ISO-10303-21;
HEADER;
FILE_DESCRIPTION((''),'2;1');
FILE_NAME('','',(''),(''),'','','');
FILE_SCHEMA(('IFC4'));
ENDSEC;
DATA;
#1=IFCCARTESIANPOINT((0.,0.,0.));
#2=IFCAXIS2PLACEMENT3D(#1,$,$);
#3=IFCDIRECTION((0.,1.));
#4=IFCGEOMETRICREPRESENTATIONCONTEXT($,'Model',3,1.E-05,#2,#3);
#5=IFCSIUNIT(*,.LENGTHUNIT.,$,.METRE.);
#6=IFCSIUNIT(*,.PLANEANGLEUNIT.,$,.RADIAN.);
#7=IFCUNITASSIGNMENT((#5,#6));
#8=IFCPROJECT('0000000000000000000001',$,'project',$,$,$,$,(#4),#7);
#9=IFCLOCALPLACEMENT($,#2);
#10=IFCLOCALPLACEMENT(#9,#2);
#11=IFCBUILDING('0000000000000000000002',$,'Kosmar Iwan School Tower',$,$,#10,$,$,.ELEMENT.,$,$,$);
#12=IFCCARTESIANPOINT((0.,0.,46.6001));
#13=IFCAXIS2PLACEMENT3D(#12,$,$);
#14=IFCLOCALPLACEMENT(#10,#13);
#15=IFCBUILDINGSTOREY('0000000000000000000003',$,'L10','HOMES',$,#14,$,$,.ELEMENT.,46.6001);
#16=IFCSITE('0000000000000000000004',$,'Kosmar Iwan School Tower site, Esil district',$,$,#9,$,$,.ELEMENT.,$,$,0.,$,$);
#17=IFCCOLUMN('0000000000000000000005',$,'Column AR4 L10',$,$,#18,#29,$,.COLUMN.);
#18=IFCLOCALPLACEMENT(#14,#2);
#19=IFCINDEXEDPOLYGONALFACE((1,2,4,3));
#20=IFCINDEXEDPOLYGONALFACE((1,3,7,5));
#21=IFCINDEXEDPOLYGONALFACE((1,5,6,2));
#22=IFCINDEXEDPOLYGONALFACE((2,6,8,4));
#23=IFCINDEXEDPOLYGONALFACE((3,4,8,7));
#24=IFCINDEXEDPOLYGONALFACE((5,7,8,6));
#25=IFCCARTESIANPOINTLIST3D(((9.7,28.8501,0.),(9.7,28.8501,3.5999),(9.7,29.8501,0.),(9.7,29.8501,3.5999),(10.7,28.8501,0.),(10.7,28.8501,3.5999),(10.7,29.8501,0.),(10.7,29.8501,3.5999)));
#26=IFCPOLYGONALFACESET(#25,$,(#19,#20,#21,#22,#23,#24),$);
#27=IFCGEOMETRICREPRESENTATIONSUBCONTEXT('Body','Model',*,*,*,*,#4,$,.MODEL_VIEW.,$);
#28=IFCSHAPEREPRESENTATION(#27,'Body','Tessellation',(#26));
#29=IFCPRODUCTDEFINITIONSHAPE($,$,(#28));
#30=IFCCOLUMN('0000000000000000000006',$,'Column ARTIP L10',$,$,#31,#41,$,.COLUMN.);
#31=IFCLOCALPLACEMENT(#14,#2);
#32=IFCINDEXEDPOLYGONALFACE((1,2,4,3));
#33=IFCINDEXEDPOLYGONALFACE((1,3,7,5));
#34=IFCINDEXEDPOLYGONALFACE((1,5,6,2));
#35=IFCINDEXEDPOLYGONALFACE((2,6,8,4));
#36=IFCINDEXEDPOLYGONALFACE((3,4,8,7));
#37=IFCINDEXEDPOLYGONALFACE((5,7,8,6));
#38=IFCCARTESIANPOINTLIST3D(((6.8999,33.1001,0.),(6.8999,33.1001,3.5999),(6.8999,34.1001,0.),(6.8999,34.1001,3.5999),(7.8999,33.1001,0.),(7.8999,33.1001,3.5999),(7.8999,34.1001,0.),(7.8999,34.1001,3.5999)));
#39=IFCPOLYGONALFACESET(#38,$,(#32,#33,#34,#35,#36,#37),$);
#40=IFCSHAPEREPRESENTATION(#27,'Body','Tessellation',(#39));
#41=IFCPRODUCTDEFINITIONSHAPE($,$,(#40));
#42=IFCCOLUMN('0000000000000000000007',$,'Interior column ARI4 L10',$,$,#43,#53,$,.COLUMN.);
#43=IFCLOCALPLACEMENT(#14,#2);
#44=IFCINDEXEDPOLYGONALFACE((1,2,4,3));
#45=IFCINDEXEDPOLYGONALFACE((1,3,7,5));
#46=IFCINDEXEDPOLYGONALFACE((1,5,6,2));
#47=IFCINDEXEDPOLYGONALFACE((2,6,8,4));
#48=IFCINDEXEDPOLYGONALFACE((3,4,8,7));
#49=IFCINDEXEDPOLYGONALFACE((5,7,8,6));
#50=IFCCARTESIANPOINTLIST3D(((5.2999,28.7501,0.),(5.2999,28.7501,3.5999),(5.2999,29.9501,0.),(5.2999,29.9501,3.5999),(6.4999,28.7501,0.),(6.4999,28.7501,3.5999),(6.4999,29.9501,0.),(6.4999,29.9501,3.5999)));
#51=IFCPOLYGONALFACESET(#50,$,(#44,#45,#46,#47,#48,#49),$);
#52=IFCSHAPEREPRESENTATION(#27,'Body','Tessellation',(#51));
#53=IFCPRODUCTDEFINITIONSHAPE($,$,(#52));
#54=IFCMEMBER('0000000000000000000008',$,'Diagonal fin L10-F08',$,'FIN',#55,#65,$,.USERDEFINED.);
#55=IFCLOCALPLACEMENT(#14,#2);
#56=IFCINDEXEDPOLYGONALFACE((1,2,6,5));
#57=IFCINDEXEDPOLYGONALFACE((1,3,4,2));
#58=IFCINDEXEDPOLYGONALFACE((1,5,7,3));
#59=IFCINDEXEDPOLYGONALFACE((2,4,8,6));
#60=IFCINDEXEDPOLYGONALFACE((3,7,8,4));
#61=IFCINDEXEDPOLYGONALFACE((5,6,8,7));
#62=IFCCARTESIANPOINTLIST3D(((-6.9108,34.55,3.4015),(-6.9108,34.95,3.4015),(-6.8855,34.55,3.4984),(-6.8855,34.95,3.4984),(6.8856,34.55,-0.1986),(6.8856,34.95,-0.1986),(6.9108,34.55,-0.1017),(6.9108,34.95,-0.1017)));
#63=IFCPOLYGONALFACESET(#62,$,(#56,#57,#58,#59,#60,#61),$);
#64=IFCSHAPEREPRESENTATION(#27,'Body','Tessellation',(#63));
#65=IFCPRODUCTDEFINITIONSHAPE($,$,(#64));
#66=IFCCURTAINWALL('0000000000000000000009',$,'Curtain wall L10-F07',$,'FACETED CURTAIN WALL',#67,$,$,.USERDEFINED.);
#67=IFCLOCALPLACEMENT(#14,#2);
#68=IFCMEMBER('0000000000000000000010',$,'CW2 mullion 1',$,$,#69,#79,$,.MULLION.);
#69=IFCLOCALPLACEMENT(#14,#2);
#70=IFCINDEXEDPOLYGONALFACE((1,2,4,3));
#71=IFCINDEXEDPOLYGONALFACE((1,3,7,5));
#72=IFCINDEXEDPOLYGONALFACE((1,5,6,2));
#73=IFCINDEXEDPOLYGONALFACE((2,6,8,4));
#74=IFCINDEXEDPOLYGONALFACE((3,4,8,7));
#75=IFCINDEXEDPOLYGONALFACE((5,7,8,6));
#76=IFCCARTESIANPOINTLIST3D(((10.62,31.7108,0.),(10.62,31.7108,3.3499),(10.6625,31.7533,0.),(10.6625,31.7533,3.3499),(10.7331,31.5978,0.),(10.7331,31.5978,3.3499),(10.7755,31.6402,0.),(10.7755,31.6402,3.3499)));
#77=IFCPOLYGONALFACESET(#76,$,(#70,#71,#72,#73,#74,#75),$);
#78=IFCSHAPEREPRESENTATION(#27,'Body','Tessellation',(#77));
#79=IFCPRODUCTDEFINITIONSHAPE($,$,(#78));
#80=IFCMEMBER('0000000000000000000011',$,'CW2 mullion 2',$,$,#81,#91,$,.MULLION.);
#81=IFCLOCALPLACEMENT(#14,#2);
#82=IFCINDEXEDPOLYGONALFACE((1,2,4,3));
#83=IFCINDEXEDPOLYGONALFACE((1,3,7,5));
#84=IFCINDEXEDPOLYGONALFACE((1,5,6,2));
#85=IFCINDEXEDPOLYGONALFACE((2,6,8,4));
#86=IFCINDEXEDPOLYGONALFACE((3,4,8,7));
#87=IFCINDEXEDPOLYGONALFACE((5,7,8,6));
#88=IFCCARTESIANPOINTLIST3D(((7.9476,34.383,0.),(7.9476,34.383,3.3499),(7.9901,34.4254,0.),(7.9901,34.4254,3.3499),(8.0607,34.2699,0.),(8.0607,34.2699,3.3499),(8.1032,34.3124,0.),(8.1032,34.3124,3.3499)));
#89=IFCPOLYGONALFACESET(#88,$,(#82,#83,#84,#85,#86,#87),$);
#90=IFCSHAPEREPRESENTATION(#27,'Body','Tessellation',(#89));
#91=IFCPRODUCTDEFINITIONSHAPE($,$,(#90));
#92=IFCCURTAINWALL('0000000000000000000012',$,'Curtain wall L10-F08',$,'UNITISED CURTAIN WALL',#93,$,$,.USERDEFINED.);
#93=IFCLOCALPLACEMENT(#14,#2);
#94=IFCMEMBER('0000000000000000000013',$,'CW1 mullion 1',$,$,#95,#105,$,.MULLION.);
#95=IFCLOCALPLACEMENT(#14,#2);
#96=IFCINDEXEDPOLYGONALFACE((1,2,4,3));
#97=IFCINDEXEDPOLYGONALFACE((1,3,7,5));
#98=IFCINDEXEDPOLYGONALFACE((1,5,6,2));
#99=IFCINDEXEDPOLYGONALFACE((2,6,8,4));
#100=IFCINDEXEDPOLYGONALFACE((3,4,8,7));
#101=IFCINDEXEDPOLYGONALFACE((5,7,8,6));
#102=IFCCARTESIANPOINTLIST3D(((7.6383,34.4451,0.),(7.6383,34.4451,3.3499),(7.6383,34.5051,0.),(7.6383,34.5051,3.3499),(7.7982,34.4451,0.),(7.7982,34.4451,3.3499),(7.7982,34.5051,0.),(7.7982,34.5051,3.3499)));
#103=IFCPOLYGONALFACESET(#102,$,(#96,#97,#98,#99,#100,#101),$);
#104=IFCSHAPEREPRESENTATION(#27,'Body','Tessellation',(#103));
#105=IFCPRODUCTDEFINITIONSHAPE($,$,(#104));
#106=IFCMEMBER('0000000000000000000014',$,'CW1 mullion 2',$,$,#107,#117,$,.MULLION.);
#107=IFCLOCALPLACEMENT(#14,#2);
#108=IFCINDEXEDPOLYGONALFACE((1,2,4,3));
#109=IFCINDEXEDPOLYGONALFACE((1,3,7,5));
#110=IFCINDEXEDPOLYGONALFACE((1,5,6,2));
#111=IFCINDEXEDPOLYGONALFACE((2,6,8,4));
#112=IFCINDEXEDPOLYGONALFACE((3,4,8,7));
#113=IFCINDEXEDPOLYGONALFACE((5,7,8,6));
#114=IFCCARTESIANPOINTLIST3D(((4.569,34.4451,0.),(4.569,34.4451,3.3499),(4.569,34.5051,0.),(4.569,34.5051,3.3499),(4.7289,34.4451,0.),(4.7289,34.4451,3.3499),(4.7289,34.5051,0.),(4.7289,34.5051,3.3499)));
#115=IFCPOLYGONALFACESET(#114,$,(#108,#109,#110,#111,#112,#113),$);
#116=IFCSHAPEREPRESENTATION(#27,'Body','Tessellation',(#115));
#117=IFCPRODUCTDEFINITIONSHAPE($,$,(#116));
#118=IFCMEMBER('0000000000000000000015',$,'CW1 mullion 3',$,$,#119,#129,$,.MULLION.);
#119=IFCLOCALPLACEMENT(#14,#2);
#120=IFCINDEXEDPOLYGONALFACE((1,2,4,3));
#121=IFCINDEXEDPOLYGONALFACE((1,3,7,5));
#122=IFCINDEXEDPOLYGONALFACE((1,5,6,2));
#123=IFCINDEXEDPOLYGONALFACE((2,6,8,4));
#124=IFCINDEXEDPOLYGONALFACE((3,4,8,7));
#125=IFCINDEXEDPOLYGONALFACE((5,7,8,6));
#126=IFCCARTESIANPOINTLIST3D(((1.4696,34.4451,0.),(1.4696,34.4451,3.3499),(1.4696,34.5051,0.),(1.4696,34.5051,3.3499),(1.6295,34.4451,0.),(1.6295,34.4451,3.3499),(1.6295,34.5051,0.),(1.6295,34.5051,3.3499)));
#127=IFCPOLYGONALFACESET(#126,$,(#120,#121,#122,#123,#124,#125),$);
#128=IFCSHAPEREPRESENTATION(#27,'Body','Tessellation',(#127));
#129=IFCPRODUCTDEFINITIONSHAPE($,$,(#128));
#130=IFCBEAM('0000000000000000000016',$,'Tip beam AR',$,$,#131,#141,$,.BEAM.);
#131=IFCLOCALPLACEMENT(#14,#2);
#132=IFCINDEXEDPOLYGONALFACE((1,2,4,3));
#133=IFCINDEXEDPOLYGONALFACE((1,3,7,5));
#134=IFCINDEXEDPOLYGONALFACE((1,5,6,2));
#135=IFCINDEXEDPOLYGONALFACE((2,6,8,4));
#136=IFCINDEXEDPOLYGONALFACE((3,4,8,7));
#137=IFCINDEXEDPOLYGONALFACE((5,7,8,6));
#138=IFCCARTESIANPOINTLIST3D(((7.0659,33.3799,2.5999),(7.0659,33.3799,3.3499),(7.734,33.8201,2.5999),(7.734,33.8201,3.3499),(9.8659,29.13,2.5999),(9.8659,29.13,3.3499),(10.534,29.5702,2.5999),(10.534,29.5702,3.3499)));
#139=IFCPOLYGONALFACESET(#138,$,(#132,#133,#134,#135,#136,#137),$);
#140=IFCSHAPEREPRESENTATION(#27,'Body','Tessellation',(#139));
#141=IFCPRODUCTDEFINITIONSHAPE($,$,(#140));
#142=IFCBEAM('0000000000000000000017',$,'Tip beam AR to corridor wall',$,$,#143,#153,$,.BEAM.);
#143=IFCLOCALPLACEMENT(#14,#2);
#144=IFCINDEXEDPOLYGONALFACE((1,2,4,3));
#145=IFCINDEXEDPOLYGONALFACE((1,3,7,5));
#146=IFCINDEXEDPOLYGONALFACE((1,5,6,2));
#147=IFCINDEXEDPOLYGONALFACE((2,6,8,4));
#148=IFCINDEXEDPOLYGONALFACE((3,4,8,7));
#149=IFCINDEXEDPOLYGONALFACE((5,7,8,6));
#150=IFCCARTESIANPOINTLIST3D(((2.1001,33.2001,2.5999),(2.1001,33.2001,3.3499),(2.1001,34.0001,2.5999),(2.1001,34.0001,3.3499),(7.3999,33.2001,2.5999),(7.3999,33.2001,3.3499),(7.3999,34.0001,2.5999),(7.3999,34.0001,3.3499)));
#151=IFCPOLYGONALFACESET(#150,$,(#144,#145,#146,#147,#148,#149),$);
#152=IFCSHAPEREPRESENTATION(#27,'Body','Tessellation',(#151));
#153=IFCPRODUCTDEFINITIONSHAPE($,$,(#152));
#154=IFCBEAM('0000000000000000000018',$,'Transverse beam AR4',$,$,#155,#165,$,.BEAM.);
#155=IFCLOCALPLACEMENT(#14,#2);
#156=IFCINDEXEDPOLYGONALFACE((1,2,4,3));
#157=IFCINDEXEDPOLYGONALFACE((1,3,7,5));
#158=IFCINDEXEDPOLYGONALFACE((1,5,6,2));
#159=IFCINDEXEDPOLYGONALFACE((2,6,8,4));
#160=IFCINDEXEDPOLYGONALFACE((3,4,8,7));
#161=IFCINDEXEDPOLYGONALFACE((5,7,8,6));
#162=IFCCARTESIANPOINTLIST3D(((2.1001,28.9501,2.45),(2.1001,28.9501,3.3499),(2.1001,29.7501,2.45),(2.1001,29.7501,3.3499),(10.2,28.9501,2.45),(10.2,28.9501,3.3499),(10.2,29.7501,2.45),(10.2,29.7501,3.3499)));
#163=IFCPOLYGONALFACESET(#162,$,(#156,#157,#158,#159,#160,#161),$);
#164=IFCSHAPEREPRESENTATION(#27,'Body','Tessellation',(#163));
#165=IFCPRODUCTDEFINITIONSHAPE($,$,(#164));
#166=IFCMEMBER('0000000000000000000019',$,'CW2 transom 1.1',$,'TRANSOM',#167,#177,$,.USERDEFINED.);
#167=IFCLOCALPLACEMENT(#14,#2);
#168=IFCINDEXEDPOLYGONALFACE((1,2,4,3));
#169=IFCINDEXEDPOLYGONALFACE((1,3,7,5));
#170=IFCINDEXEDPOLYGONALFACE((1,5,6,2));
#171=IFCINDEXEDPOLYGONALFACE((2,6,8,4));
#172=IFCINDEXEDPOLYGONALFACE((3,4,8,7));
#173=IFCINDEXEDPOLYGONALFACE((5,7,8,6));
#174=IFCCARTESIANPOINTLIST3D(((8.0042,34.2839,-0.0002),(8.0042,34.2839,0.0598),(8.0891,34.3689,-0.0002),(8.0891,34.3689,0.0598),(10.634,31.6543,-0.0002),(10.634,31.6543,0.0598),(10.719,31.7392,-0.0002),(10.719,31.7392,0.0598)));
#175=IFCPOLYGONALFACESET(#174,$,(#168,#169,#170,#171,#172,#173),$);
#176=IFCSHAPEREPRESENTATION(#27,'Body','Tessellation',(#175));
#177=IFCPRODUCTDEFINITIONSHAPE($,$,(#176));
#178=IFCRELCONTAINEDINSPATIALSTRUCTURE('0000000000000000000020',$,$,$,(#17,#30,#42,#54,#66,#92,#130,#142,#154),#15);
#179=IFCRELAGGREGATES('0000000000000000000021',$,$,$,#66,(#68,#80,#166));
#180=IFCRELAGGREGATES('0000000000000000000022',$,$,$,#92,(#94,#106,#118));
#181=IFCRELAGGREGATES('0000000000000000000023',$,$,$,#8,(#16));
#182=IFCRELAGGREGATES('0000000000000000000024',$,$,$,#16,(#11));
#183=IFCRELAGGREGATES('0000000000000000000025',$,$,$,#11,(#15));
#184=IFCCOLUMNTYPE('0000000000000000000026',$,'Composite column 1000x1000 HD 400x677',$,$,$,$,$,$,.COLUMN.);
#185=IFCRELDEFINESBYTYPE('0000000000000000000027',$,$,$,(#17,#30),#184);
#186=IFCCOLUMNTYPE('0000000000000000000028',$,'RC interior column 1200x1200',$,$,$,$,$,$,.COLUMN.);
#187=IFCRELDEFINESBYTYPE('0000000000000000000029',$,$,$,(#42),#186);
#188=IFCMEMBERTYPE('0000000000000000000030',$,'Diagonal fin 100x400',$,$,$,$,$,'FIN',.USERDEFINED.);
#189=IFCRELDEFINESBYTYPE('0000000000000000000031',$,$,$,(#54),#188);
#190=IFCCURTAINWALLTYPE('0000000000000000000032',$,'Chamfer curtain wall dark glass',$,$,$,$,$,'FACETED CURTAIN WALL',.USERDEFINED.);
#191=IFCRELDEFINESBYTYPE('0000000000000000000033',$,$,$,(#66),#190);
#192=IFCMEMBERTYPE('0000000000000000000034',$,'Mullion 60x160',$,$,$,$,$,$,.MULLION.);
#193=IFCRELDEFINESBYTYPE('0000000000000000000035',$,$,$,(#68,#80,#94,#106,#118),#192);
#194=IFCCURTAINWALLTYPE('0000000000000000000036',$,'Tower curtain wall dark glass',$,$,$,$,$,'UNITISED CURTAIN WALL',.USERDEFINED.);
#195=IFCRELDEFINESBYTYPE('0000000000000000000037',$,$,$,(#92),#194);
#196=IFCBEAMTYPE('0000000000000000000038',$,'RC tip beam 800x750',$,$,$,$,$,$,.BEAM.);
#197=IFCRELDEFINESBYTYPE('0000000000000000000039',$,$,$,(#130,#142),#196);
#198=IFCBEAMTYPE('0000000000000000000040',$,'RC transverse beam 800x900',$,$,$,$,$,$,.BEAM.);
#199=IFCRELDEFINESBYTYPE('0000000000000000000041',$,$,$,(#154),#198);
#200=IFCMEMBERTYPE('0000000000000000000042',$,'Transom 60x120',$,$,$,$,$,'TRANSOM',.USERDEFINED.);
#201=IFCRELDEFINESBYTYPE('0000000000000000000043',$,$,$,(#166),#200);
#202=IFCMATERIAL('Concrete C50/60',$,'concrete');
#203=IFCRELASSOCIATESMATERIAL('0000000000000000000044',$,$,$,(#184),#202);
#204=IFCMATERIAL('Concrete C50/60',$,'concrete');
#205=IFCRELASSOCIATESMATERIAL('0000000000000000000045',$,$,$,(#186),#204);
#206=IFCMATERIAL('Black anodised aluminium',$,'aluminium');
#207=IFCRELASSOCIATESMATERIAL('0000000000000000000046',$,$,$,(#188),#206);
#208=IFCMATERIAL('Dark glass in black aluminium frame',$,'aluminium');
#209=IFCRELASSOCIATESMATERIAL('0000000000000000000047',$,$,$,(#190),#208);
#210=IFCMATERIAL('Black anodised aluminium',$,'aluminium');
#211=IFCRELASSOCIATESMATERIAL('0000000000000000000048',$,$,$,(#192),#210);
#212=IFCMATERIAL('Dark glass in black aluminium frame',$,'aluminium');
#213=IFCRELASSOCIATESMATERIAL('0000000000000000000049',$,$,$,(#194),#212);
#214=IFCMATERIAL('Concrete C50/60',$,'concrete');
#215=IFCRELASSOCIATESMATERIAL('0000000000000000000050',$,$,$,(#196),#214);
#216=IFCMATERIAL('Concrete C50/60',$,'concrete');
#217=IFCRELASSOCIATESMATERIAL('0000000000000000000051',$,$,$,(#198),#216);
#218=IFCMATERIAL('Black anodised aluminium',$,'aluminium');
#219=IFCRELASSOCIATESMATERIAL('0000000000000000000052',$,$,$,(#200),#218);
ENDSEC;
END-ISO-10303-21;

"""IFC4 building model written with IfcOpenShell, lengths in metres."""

from ifc_helpers import new_model, si_unit, direction, frame, origin, origin_2d, place, context, subcontext, project, spatial, rectangle, extrude, material, material_profile, profile_set, type_object, element, aggregate, save


model = new_model("IFC4")

# Units and contexts
model_context = context("Model", 3, precision=1e-05, world=origin(), true_north=direction((0.0, 1.0)))
body_context = subcontext(model_context, "Body", "Model", "MODEL_VIEW")
ifc_project = project(units=[si_unit("LENGTHUNIT", "METRE"), si_unit("PLANEANGLEUNIT", "RADIAN")], contexts=[model_context])

# Site, building, storey
site_placement = place(None, origin())
site = spatial("IfcSite", under=ifc_project, at=site_placement, Name="Kosmar Iwan School Tower site, Esil district", CompositionType="ELEMENT", RefElevation=0.0)
building_placement = place(site_placement, origin())
building = spatial("IfcBuilding", under=site, at=building_placement, Name="Kosmar Iwan School Tower", CompositionType="ELEMENT")
storey_placement = place(building_placement, frame((0.0, 0.0, 46.6001)))
storey = spatial("IfcBuildingStorey", under=building, at=storey_placement, Name="L10", Description="HOMES", CompositionType="ELEMENT", Elevation=46.6001)

# Columns
ifc_material_1 = material(Name="Concrete C50/60", Category="concrete")
ifc_material_profile_1 = material_profile(ifc_material_1, rectangle(XDim=1.0, YDim=1.0, at=origin_2d()), Name="RC 1000x1000 + HD 400x677")
ifc_profile_set_1 = profile_set([ifc_material_profile_1], Name="Concrete C50/60")
column_type_1 = type_object("IfcColumnType", Name="Composite column 1000x1000 HD 400x677", PredefinedType="COLUMN", material=ifc_profile_set_1)
for number, where, z_axis, x_axis, name in (
    (1, (10.2, 29.3501, 0.0), (0.0, 0.0, 1.0), (0.0, 1.0, 0.0), "Column AR4 L10"),
    (2, (7.3999, 33.6001, 0.0), (0.0, 0.0, 1.0), (0.0, 1.0, 0.0), "Column ARTIP L10"),
):
    element("IfcColumn", number, at=place(storey_placement, frame(where, z_axis=z_axis, x_axis=x_axis)), inside=storey, type_object=column_type_1, Name=name, PredefinedType="COLUMN", context=body_context, shape_type="SweptSolid", body=[
        extrude(rectangle(XDim=1.0, YDim=1.0, at=origin_2d()), origin(), (0.0, 0.0, 1.0), 3.5999),
    ])
ifc_material_2 = material(Name="Concrete C50/60", Category="concrete")
ifc_material_profile_2 = material_profile(ifc_material_2, rectangle(XDim=1.2, YDim=1.2, at=origin_2d()), Name="RC 1200x1200")
ifc_profile_set_2 = profile_set([ifc_material_profile_2], Name="Concrete C50/60")
column_type_2 = type_object("IfcColumnType", Name="RC interior column 1200x1200", PredefinedType="COLUMN", material=ifc_profile_set_2)
column_placement = place(storey_placement, frame((5.8999, 29.3501, 0.0), z_axis=(0.0, 0.0, 1.0), x_axis=(0.0, 1.0, 0.0)))
element("IfcColumn", 3, at=column_placement, inside=storey, type_object=column_type_2, Name="Interior column ARI4 L10", PredefinedType="COLUMN", context=body_context, shape_type="SweptSolid", body=[
    extrude(rectangle(XDim=1.2, YDim=1.2, at=origin_2d()), origin(), (0.0, 0.0, 1.0), 3.5999),
])

# Member
ifc_material_3 = material(Name="Black anodised aluminium", Category="aluminium")
ifc_material_profile_3 = material_profile(ifc_material_3, rectangle(XDim=0.1001, YDim=0.3999, at=origin_2d()), Name="FIN 100x400")
ifc_profile_set_3 = profile_set([ifc_material_profile_3], Name="Black anodised aluminium")
member_type_1 = type_object("IfcMemberType", Name="Diagonal fin 100x400", ElementType="FIN", PredefinedType="USERDEFINED", material=ifc_profile_set_3)
member_1_placement = place(storey_placement, frame((6.8982, 34.75, -0.1501), z_axis=(-0.967599, 0.0, 0.25249), x_axis=(0.25249, 0.0, 0.967599)))
element("IfcMember", 4, at=member_1_placement, inside=storey, type_object=member_type_1, Name="Diagonal fin L10-F08", ObjectType="FIN", PredefinedType="USERDEFINED", context=body_context, shape_type="SweptSolid", body=[
    extrude(rectangle(XDim=0.1001, YDim=0.3999, at=origin_2d()), origin(), (0.0, 0.0, 1.0), 14.2583),
])

# Curtain walls, members
ifc_material_4 = material(Name="Dark glass in black aluminium frame", Category="aluminium")
curtain_wall_type_1 = type_object("IfcCurtainWallType", Name="Chamfer curtain wall dark glass", ElementType="FACETED CURTAIN WALL", PredefinedType="USERDEFINED", material=ifc_material_4)
curtain_wall_1_placement = place(storey_placement, origin())
curtain_wall_1 = element("IfcCurtainWall", 5, at=curtain_wall_1_placement, inside=storey, type_object=curtain_wall_type_1, Name="Curtain wall L10-F07", ObjectType="FACETED CURTAIN WALL", PredefinedType="USERDEFINED")
ifc_material_5 = material(Name="Black anodised aluminium", Category="aluminium")
ifc_material_profile_4 = material_profile(ifc_material_5, rectangle(XDim=0.0601, YDim=0.1599, at=origin_2d()), Name="MULLION 60x160")
ifc_profile_set_4 = profile_set([ifc_material_profile_4], Name="Black anodised aluminium")
member_type_2 = type_object("IfcMemberType", Name="Mullion 60x160", PredefinedType="MULLION", material=ifc_profile_set_4)
member_2_placement = place(storey_placement, frame((10.6978, 31.6755, 0.0), z_axis=(0.0, 0.0, 1.0), x_axis=(-0.707107, -0.707107, 0.0)))
member_2 = element("IfcMember", 6, at=member_2_placement, type_object=member_type_2, Name="CW2 mullion 1", PredefinedType="MULLION", context=body_context, shape_type="SweptSolid", body=[
    extrude(rectangle(XDim=0.0601, YDim=0.1599, at=origin_2d()), origin(), (0.0, 0.0, 1.0), 3.3499),
])
member_3_placement = place(storey_placement, frame((8.0254, 34.3477, 0.0), z_axis=(0.0, 0.0, 1.0), x_axis=(-0.707107, -0.707107, 0.0)))
member_3 = element("IfcMember", 7, at=member_3_placement, type_object=member_type_2, Name="CW2 mullion 2", PredefinedType="MULLION", context=body_context, shape_type="SweptSolid", body=[
    extrude(rectangle(XDim=0.0601, YDim=0.1599, at=origin_2d()), origin(), (0.0, 0.0, 1.0), 3.3499),
])
ifc_material_6 = material(Name="Dark glass in black aluminium frame", Category="aluminium")
curtain_wall_type_2 = type_object("IfcCurtainWallType", Name="Tower curtain wall dark glass", ElementType="UNITISED CURTAIN WALL", PredefinedType="USERDEFINED", material=ifc_material_6)
curtain_wall_2_placement = place(storey_placement, origin())
curtain_wall_2 = element("IfcCurtainWall", 8, at=curtain_wall_2_placement, inside=storey, type_object=curtain_wall_type_2, Name="Curtain wall L10-F08", ObjectType="UNITISED CURTAIN WALL", PredefinedType="USERDEFINED")
member_4_placement = place(storey_placement, frame((7.7183, 34.4751, 0.0), z_axis=(0.0, 0.0, 1.0), x_axis=(0.0, -1.0, 0.0)))
member_4 = element("IfcMember", 9, at=member_4_placement, type_object=member_type_2, Name="CW1 mullion 1", PredefinedType="MULLION", context=body_context, shape_type="SweptSolid", body=[
    extrude(rectangle(XDim=0.0601, YDim=0.1599, at=origin_2d()), origin(), (0.0, 0.0, 1.0), 3.3499),
])
member_5_placement = place(storey_placement, frame((4.6489, 34.4751, 0.0), z_axis=(0.0, 0.0, 1.0), x_axis=(0.0, -1.0, 0.0)))
member_5 = element("IfcMember", 10, at=member_5_placement, type_object=member_type_2, Name="CW1 mullion 2", PredefinedType="MULLION", context=body_context, shape_type="SweptSolid", body=[
    extrude(rectangle(XDim=0.0601, YDim=0.1599, at=origin_2d()), origin(), (0.0, 0.0, 1.0), 3.3499),
])
member_6_placement = place(storey_placement, frame((1.5496, 34.4751, 0.0), z_axis=(0.0, 0.0, 1.0), x_axis=(0.0, -1.0, 0.0)))
member_6 = element("IfcMember", 11, at=member_6_placement, type_object=member_type_2, Name="CW1 mullion 3", PredefinedType="MULLION", context=body_context, shape_type="SweptSolid", body=[
    extrude(rectangle(XDim=0.0601, YDim=0.1599, at=origin_2d()), origin(), (0.0, 0.0, 1.0), 3.3499),
])

# Beams
ifc_material_7 = material(Name="Concrete C50/60", Category="concrete")
ifc_material_profile_5 = material_profile(ifc_material_7, rectangle(XDim=0.8, YDim=0.75, at=origin_2d()), Name="RC 800x750")
ifc_profile_set_5 = profile_set([ifc_material_profile_5], Name="Concrete C50/60")
beam_type_1 = type_object("IfcBeamType", Name="RC tip beam 800x750", PredefinedType="BEAM", material=ifc_profile_set_5)
beam_1_placement = place(storey_placement, frame((10.2, 29.3501, 2.9749), z_axis=(-0.550164, 0.835056, 0.0), x_axis=(-0.835056, -0.550164, 0.0)))
element("IfcBeam", 12, at=beam_1_placement, inside=storey, type_object=beam_type_1, Name="Tip beam AR", PredefinedType="BEAM", context=body_context, shape_type="SweptSolid", body=[
    extrude(rectangle(XDim=0.8, YDim=0.75, at=origin_2d()), origin(), (0.0, 0.0, 1.0), 5.0894),
])
beam_2_placement = place(storey_placement, frame((7.3999, 33.6001, 2.9749), z_axis=(-1.0, 0.0, 0.0), x_axis=(0.0, -1.0, 0.0)))
element("IfcBeam", 13, at=beam_2_placement, inside=storey, type_object=beam_type_1, Name="Tip beam AR to corridor wall", PredefinedType="BEAM", context=body_context, shape_type="SweptSolid", body=[
    extrude(rectangle(XDim=0.8, YDim=0.75, at=origin_2d()), origin(), (0.0, 0.0, 1.0), 5.2998),
])
ifc_material_8 = material(Name="Concrete C50/60", Category="concrete")
ifc_material_profile_6 = material_profile(ifc_material_8, rectangle(XDim=0.8, YDim=0.8999, at=origin_2d()), Name="RC 800x900")
ifc_profile_set_6 = profile_set([ifc_material_profile_6], Name="Concrete C50/60")
beam_type_2 = type_object("IfcBeamType", Name="RC transverse beam 800x900", PredefinedType="BEAM", material=ifc_profile_set_6)
beam_3_placement = place(storey_placement, frame((10.2, 29.3501, 2.8999), z_axis=(-1.0, 0.0, 0.0), x_axis=(0.0, -1.0, 0.0)))
element("IfcBeam", 14, at=beam_3_placement, inside=storey, type_object=beam_type_2, Name="Transverse beam AR4", PredefinedType="BEAM", context=body_context, shape_type="SweptSolid", body=[
    extrude(rectangle(XDim=0.8, YDim=0.8999, at=origin_2d()), origin(), (0.0, 0.0, 1.0), 8.0999),
])

# Member
ifc_material_9 = material(Name="Black anodised aluminium", Category="aluminium")
ifc_material_profile_7 = material_profile(ifc_material_9, rectangle(XDim=0.1201, YDim=0.0601, at=origin_2d()), Name="TRANSOM 60x120")
ifc_profile_set_7 = profile_set([ifc_material_profile_7], Name="Black anodised aluminium")
member_type_3 = type_object("IfcMemberType", Name="Transom 60x120", ElementType="TRANSOM", PredefinedType="USERDEFINED", material=ifc_profile_set_7)
member_7_placement = place(storey_placement, frame((10.6765, 31.6968, 0.0298), z_axis=(-0.70714, 0.707074, 0.0), x_axis=(-0.707074, -0.70714, 0.0)))
member_7 = element("IfcMember", 15, at=member_7_placement, type_object=member_type_3, Name="CW2 transom 1.1", ObjectType="TRANSOM", PredefinedType="USERDEFINED", context=body_context, shape_type="SweptSolid", body=[
    extrude(rectangle(XDim=0.1201, YDim=0.0601, at=origin_2d()), origin(), (0.0, 0.0, 1.0), 3.719),
])

aggregate(curtain_wall_1, [member_2, member_3, member_7])
aggregate(curtain_wall_2, [member_4, member_5, member_6])

save(model, "model.ifc")
